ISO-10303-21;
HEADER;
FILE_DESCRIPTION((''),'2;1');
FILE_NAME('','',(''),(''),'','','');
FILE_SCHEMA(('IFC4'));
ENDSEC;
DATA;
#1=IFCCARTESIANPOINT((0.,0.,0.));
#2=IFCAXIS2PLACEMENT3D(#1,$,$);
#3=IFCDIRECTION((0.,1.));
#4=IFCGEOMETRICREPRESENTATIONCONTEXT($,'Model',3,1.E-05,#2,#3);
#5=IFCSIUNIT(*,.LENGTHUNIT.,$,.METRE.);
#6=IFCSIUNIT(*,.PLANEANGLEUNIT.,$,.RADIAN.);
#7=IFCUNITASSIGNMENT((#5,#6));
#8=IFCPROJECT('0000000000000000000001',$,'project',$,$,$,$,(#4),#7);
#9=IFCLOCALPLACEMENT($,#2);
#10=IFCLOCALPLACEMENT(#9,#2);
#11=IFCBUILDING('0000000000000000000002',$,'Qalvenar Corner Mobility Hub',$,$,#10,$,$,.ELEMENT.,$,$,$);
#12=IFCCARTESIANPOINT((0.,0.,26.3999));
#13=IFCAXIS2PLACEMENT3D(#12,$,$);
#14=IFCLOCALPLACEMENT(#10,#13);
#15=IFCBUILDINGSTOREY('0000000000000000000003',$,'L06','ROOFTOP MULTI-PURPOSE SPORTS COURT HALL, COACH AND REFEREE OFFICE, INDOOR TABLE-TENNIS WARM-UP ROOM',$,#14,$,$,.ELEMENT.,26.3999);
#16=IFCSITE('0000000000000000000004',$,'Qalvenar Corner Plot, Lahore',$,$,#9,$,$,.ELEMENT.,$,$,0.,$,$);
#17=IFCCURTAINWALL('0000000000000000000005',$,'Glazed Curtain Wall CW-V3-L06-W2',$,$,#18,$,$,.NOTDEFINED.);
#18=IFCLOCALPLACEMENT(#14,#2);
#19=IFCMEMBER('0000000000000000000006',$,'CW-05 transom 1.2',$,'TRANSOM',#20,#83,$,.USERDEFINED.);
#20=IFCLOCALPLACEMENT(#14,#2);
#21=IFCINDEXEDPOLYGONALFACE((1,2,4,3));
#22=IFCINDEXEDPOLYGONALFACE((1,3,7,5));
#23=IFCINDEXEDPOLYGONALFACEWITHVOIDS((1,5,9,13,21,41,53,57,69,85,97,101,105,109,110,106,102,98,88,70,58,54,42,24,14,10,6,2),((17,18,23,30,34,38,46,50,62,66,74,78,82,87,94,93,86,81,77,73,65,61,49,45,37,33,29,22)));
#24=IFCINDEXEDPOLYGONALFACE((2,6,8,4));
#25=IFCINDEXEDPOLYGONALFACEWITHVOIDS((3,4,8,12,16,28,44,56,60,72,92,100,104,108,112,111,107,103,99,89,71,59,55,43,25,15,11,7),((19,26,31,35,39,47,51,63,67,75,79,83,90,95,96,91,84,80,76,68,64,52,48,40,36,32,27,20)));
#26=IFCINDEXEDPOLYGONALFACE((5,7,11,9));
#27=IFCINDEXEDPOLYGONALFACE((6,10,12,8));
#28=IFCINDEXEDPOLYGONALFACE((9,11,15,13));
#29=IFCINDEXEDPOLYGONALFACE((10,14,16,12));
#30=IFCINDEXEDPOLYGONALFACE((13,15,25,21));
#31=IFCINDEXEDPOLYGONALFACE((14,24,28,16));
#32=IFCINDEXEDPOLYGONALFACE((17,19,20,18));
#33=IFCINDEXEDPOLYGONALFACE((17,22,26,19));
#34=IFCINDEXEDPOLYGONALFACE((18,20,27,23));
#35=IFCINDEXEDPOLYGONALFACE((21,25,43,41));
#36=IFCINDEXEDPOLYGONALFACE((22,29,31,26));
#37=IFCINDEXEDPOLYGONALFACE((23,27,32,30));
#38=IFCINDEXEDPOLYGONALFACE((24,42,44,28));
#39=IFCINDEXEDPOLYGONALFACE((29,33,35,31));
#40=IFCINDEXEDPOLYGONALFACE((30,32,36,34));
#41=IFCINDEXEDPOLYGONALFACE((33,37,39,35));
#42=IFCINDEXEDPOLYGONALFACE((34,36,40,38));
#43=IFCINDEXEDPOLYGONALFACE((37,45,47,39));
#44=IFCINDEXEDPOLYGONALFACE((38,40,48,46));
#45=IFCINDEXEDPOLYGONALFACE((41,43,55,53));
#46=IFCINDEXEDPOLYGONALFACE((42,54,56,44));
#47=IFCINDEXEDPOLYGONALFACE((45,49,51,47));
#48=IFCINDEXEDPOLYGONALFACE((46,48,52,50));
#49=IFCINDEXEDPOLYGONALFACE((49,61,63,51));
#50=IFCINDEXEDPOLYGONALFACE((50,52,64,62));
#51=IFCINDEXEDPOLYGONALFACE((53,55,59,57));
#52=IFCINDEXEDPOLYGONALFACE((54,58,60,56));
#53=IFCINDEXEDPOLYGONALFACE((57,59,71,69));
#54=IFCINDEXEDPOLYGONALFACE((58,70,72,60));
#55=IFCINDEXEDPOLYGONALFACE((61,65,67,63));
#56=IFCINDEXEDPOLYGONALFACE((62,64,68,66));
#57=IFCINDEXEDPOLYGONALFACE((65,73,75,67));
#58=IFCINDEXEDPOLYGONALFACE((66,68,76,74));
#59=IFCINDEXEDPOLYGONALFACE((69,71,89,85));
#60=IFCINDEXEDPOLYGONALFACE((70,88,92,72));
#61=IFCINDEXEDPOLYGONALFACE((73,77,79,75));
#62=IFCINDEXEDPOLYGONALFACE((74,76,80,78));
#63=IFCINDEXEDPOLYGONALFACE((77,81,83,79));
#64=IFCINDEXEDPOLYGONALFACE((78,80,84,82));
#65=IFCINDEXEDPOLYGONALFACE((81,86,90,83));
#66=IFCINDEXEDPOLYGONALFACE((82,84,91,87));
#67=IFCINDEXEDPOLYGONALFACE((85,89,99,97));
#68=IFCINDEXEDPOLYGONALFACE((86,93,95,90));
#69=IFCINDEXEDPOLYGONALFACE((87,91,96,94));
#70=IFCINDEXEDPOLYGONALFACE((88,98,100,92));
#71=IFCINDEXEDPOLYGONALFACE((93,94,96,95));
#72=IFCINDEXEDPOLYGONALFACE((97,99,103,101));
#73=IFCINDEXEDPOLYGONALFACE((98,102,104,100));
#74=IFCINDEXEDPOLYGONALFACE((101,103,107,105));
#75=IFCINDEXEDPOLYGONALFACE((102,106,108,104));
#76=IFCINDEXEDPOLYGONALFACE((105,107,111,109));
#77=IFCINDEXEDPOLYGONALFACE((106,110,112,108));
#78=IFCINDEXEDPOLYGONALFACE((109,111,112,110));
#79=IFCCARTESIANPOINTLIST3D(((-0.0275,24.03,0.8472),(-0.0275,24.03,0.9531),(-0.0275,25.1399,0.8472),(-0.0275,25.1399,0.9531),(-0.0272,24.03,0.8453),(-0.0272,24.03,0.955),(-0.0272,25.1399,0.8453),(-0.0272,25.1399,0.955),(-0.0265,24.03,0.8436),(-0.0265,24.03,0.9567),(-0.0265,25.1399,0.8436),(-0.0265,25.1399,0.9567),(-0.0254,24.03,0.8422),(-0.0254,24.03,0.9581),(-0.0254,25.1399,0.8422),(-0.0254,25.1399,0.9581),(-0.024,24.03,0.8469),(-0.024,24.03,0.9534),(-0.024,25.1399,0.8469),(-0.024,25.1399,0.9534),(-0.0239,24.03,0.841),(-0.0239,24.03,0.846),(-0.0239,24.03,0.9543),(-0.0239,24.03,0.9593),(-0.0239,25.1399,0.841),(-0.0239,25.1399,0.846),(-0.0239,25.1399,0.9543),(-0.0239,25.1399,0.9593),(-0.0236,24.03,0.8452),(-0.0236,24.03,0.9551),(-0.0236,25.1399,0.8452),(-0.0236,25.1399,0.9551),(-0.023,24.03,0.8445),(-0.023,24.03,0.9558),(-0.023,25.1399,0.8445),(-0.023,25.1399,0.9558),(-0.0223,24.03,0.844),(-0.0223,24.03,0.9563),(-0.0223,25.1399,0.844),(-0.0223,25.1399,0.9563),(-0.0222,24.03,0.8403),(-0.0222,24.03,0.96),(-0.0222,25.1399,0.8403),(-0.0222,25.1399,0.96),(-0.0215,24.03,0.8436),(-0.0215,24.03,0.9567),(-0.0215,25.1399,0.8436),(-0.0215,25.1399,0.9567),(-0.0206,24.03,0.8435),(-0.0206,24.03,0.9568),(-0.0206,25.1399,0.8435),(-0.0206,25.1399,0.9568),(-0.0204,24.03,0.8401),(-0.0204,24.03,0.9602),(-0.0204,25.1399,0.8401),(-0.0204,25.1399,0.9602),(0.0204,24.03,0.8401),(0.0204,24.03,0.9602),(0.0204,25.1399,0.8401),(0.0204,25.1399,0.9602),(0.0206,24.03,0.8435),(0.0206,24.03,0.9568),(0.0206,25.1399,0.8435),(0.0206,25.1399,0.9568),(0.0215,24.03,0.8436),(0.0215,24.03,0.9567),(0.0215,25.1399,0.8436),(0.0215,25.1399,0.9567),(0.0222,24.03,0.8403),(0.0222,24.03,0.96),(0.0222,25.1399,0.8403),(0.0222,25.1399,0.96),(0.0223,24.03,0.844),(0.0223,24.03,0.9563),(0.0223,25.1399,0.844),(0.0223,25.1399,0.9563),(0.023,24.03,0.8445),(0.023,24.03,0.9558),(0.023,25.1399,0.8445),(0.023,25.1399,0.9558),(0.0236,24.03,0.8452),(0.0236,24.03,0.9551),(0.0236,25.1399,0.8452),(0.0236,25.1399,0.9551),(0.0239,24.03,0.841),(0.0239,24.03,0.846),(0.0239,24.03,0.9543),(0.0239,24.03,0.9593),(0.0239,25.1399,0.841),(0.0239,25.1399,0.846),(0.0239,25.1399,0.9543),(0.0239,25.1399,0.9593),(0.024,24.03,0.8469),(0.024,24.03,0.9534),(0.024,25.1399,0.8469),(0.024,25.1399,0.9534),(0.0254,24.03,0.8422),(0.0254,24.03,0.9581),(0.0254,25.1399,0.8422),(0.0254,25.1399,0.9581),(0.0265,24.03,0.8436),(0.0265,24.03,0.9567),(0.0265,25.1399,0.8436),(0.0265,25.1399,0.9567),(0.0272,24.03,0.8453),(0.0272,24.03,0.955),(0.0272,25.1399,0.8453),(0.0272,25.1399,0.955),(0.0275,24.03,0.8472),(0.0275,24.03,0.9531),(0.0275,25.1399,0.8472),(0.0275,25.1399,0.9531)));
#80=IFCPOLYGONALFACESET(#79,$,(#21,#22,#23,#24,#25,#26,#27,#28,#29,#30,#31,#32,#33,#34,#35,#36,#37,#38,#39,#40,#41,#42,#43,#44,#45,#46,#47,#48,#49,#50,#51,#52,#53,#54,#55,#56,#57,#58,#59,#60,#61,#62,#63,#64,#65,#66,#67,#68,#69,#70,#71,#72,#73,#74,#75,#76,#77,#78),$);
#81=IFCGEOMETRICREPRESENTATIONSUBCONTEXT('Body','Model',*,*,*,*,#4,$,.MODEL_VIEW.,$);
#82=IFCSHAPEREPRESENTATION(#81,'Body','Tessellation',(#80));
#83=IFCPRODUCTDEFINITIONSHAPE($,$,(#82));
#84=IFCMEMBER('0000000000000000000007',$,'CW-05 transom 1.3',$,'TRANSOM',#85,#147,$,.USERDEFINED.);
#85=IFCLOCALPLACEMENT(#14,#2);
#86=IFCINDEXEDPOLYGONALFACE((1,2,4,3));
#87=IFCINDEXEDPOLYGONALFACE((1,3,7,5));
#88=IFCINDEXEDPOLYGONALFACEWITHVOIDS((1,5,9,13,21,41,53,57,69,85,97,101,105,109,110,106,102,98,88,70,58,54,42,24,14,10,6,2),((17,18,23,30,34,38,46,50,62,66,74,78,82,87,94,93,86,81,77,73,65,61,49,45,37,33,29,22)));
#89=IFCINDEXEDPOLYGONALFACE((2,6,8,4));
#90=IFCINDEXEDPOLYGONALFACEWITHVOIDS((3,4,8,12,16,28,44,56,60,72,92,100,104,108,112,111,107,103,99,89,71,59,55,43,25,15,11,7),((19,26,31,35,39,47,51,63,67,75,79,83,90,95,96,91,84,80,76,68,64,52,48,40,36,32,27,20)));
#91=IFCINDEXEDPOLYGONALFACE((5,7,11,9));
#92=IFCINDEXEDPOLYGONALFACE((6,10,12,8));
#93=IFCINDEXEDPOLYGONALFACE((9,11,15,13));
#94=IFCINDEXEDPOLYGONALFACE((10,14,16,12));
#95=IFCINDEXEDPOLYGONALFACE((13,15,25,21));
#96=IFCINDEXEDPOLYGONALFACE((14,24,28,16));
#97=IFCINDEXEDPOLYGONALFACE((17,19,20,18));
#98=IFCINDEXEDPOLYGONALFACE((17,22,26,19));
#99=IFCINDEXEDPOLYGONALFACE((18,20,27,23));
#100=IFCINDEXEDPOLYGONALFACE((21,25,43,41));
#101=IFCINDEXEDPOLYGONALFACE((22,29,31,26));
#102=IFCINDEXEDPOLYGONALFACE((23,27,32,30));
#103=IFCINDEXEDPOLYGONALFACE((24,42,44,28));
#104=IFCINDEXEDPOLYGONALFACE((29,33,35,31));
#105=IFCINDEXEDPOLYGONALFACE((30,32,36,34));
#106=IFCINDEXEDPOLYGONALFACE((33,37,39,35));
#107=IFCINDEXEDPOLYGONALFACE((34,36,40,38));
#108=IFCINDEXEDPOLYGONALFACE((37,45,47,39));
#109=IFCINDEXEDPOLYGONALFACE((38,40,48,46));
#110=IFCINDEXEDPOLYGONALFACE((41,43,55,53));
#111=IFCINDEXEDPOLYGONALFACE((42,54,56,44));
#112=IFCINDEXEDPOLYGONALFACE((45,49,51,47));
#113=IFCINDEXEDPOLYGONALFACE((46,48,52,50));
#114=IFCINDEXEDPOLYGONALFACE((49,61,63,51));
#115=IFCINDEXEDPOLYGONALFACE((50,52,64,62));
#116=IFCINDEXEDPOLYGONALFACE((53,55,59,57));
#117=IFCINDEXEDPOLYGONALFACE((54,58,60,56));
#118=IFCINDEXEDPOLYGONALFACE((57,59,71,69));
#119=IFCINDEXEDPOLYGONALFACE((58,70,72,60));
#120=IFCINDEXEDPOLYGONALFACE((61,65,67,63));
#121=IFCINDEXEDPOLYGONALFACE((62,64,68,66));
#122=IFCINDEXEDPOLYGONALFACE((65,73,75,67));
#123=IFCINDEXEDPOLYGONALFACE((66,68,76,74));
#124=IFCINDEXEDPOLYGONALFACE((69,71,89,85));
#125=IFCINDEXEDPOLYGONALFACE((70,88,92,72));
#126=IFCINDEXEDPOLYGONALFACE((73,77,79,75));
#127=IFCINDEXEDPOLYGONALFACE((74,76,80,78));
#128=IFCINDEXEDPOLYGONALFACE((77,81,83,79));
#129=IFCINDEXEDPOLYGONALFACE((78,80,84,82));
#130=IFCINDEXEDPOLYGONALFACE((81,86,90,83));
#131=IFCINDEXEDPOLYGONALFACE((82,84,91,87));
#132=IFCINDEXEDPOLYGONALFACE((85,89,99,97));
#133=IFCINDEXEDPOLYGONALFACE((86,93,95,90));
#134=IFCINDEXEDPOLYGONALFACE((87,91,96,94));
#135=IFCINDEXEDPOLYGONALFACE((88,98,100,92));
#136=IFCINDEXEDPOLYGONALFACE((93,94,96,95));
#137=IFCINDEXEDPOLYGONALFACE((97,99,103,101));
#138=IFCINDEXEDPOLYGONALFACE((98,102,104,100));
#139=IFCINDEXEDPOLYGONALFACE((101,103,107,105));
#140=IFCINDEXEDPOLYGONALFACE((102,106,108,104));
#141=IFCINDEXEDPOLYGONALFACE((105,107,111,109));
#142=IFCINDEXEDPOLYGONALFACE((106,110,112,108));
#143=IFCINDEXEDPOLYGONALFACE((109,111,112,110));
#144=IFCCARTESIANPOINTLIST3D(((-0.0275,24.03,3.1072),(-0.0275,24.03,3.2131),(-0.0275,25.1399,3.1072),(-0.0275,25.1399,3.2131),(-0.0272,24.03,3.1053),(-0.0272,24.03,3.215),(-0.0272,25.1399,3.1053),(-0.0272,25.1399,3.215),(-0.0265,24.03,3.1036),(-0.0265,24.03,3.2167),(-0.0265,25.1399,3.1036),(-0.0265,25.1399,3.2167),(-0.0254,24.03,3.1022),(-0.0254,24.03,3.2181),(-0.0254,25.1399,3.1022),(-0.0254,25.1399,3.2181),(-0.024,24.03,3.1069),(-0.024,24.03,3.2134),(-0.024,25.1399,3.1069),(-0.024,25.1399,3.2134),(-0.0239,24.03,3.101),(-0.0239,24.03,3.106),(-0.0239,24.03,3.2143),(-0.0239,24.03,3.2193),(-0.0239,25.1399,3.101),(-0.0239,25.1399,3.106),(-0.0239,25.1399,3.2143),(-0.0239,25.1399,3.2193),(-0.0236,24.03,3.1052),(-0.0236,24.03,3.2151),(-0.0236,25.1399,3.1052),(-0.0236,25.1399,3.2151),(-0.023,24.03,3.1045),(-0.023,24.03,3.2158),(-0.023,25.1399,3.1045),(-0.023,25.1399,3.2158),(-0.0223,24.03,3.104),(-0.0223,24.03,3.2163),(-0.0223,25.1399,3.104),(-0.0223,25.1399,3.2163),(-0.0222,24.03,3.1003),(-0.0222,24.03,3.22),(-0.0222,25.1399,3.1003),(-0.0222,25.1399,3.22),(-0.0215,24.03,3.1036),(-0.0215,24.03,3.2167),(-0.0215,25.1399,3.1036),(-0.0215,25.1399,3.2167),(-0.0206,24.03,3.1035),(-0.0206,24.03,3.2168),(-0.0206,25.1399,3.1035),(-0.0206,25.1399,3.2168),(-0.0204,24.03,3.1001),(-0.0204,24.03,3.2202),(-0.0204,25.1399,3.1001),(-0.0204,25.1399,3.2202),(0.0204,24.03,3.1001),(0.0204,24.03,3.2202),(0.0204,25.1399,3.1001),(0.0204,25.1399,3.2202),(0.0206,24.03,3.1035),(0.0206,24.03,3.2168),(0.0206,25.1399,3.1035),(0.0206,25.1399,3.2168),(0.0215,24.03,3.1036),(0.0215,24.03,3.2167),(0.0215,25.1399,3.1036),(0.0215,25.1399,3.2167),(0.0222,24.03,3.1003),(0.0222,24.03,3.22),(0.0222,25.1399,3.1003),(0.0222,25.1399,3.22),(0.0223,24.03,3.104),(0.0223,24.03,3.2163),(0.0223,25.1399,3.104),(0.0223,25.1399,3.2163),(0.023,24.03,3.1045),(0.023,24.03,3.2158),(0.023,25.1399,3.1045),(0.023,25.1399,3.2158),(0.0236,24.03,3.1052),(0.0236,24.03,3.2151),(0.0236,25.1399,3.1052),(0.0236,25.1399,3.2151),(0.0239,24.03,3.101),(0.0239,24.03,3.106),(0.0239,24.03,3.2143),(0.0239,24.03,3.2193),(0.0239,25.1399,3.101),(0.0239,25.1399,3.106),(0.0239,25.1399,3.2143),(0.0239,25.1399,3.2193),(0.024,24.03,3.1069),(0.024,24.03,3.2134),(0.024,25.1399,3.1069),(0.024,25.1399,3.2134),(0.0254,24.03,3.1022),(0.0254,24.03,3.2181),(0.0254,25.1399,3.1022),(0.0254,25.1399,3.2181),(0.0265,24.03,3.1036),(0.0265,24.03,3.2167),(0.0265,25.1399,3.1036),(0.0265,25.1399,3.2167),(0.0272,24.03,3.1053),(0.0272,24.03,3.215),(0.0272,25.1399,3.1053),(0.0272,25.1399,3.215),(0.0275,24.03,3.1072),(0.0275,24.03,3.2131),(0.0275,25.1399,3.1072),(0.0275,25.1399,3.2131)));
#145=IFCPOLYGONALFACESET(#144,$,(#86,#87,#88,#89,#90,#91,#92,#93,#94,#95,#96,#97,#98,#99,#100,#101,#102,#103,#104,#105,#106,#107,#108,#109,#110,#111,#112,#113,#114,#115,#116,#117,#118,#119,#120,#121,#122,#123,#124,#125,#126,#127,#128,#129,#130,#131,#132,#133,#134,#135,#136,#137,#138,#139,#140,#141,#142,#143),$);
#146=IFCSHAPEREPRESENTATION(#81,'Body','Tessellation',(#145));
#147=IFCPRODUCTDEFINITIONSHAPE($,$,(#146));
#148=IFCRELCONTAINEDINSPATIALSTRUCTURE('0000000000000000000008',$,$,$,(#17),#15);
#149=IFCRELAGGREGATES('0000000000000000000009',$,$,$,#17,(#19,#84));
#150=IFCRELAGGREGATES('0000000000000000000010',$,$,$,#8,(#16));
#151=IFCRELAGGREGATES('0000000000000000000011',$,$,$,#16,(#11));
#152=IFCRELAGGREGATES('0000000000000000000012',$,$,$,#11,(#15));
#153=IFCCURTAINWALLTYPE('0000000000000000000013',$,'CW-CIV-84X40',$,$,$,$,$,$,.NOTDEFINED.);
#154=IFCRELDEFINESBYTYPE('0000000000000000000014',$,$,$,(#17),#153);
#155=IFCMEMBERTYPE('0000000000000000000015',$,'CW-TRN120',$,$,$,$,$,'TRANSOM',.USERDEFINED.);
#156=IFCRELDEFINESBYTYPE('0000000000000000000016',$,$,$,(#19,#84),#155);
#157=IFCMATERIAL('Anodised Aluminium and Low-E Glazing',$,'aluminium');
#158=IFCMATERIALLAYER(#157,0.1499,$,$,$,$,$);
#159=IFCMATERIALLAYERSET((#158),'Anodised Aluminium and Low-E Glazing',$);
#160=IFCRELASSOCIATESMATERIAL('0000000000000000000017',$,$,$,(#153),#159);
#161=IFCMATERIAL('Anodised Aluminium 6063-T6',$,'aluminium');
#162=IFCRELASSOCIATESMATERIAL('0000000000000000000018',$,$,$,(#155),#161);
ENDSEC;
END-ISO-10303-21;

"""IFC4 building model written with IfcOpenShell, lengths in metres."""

from ifc_helpers import new_model, si_unit, direction, frame, origin, origin_2d, place, context, subcontext, project, spatial, hollow_rectangle, extrude, material, layer, layer_set, material_profile, profile_set, type_object, element, aggregate, save


model = new_model("IFC4")

# Units and contexts
model_context = context("Model", 3, precision=1e-05, world=origin(), true_north=direction((0.0, 1.0)))
body_context = subcontext(model_context, "Body", "Model", "MODEL_VIEW")
ifc_project = project(units=[si_unit("LENGTHUNIT", "METRE"), si_unit("PLANEANGLEUNIT", "RADIAN")], contexts=[model_context])

# Site, building, storey
site_placement = place(None, origin())
site = spatial("IfcSite", under=ifc_project, at=site_placement, Name="Qalvenar Corner Plot, Lahore", CompositionType="ELEMENT", RefElevation=0.0)
building_placement = place(site_placement, origin())
building = spatial("IfcBuilding", under=site, at=building_placement, Name="Qalvenar Corner Mobility Hub", CompositionType="ELEMENT")
storey_placement = place(building_placement, frame((0.0, 0.0, 26.3999)))
storey = spatial("IfcBuildingStorey", under=building, at=storey_placement, Name="L06", Description="ROOFTOP MULTI-PURPOSE SPORTS COURT HALL, COACH AND REFEREE OFFICE, INDOOR TABLE-TENNIS WARM-UP ROOM", CompositionType="ELEMENT", Elevation=26.3999)

# Curtain wall, members
ifc_material_1 = material(Name="Anodised Aluminium and Low-E Glazing", Category="aluminium")
ifc_layer_1 = layer(ifc_material_1, 0.1499)
ifc_layer_set_1 = layer_set([ifc_layer_1], Name="Anodised Aluminium and Low-E Glazing")
curtain_wall_type = type_object("IfcCurtainWallType", Name="CW-CIV-84X40", PredefinedType="NOTDEFINED", material=ifc_layer_set_1)
curtain_wall_placement = place(storey_placement, origin())
curtain_wall = element("IfcCurtainWall", 1, at=curtain_wall_placement, inside=storey, type_object=curtain_wall_type, Name="Glazed Curtain Wall CW-V3-L06-W2", PredefinedType="NOTDEFINED")
ifc_material_2 = material(Name="Anodised Aluminium 6063-T6", Category="aluminium")
ifc_material_profile_1 = material_profile(ifc_material_2, hollow_rectangle(XDim=0.0549, YDim=0.1201, WallThickness=0.0034, InnerFilletRadius=0.0034, OuterFilletRadius=0.0071, at=origin_2d()), Name="RHS120x55x3.5")
ifc_profile_set_1 = profile_set([ifc_material_profile_1], Name="Anodised Aluminium 6063-T6")
member_type_1 = type_object("IfcMemberType", Name="CW-TRN120", ElementType="TRANSOM", PredefinedType="USERDEFINED", material=ifc_profile_set_1)
member_1_placement = place(storey_placement, frame((0.0, 25.1399, 0.9001), z_axis=(0.0, -1.0, 0.0), x_axis=(1.0, 0.0, 0.0)))
member_1 = element("IfcMember", 2, at=member_1_placement, type_object=member_type_1, Name="CW-05 transom 1.2", ObjectType="TRANSOM", PredefinedType="USERDEFINED", context=body_context, shape_type="SweptSolid", body=[
    extrude(hollow_rectangle(XDim=0.0549, YDim=0.1201, WallThickness=0.0034, InnerFilletRadius=0.0034, OuterFilletRadius=0.0071, at=origin_2d()), origin(), (0.0, 0.0, 1.0), 1.1099),
])
member_2_placement = place(storey_placement, frame((0.0, 25.1399, 3.1602), z_axis=(0.0, -1.0, 0.0), x_axis=(1.0, 0.0, 0.0)))
member_2 = element("IfcMember", 3, at=member_2_placement, type_object=member_type_1, Name="CW-05 transom 1.3", ObjectType="TRANSOM", PredefinedType="USERDEFINED", context=body_context, shape_type="SweptSolid", body=[
    extrude(hollow_rectangle(XDim=0.0549, YDim=0.1201, WallThickness=0.0034, InnerFilletRadius=0.0034, OuterFilletRadius=0.0071, at=origin_2d()), origin(), (0.0, 0.0, 1.0), 1.1099),
])

aggregate(curtain_wall, [member_1, member_2])

save(model, "model.ifc")
